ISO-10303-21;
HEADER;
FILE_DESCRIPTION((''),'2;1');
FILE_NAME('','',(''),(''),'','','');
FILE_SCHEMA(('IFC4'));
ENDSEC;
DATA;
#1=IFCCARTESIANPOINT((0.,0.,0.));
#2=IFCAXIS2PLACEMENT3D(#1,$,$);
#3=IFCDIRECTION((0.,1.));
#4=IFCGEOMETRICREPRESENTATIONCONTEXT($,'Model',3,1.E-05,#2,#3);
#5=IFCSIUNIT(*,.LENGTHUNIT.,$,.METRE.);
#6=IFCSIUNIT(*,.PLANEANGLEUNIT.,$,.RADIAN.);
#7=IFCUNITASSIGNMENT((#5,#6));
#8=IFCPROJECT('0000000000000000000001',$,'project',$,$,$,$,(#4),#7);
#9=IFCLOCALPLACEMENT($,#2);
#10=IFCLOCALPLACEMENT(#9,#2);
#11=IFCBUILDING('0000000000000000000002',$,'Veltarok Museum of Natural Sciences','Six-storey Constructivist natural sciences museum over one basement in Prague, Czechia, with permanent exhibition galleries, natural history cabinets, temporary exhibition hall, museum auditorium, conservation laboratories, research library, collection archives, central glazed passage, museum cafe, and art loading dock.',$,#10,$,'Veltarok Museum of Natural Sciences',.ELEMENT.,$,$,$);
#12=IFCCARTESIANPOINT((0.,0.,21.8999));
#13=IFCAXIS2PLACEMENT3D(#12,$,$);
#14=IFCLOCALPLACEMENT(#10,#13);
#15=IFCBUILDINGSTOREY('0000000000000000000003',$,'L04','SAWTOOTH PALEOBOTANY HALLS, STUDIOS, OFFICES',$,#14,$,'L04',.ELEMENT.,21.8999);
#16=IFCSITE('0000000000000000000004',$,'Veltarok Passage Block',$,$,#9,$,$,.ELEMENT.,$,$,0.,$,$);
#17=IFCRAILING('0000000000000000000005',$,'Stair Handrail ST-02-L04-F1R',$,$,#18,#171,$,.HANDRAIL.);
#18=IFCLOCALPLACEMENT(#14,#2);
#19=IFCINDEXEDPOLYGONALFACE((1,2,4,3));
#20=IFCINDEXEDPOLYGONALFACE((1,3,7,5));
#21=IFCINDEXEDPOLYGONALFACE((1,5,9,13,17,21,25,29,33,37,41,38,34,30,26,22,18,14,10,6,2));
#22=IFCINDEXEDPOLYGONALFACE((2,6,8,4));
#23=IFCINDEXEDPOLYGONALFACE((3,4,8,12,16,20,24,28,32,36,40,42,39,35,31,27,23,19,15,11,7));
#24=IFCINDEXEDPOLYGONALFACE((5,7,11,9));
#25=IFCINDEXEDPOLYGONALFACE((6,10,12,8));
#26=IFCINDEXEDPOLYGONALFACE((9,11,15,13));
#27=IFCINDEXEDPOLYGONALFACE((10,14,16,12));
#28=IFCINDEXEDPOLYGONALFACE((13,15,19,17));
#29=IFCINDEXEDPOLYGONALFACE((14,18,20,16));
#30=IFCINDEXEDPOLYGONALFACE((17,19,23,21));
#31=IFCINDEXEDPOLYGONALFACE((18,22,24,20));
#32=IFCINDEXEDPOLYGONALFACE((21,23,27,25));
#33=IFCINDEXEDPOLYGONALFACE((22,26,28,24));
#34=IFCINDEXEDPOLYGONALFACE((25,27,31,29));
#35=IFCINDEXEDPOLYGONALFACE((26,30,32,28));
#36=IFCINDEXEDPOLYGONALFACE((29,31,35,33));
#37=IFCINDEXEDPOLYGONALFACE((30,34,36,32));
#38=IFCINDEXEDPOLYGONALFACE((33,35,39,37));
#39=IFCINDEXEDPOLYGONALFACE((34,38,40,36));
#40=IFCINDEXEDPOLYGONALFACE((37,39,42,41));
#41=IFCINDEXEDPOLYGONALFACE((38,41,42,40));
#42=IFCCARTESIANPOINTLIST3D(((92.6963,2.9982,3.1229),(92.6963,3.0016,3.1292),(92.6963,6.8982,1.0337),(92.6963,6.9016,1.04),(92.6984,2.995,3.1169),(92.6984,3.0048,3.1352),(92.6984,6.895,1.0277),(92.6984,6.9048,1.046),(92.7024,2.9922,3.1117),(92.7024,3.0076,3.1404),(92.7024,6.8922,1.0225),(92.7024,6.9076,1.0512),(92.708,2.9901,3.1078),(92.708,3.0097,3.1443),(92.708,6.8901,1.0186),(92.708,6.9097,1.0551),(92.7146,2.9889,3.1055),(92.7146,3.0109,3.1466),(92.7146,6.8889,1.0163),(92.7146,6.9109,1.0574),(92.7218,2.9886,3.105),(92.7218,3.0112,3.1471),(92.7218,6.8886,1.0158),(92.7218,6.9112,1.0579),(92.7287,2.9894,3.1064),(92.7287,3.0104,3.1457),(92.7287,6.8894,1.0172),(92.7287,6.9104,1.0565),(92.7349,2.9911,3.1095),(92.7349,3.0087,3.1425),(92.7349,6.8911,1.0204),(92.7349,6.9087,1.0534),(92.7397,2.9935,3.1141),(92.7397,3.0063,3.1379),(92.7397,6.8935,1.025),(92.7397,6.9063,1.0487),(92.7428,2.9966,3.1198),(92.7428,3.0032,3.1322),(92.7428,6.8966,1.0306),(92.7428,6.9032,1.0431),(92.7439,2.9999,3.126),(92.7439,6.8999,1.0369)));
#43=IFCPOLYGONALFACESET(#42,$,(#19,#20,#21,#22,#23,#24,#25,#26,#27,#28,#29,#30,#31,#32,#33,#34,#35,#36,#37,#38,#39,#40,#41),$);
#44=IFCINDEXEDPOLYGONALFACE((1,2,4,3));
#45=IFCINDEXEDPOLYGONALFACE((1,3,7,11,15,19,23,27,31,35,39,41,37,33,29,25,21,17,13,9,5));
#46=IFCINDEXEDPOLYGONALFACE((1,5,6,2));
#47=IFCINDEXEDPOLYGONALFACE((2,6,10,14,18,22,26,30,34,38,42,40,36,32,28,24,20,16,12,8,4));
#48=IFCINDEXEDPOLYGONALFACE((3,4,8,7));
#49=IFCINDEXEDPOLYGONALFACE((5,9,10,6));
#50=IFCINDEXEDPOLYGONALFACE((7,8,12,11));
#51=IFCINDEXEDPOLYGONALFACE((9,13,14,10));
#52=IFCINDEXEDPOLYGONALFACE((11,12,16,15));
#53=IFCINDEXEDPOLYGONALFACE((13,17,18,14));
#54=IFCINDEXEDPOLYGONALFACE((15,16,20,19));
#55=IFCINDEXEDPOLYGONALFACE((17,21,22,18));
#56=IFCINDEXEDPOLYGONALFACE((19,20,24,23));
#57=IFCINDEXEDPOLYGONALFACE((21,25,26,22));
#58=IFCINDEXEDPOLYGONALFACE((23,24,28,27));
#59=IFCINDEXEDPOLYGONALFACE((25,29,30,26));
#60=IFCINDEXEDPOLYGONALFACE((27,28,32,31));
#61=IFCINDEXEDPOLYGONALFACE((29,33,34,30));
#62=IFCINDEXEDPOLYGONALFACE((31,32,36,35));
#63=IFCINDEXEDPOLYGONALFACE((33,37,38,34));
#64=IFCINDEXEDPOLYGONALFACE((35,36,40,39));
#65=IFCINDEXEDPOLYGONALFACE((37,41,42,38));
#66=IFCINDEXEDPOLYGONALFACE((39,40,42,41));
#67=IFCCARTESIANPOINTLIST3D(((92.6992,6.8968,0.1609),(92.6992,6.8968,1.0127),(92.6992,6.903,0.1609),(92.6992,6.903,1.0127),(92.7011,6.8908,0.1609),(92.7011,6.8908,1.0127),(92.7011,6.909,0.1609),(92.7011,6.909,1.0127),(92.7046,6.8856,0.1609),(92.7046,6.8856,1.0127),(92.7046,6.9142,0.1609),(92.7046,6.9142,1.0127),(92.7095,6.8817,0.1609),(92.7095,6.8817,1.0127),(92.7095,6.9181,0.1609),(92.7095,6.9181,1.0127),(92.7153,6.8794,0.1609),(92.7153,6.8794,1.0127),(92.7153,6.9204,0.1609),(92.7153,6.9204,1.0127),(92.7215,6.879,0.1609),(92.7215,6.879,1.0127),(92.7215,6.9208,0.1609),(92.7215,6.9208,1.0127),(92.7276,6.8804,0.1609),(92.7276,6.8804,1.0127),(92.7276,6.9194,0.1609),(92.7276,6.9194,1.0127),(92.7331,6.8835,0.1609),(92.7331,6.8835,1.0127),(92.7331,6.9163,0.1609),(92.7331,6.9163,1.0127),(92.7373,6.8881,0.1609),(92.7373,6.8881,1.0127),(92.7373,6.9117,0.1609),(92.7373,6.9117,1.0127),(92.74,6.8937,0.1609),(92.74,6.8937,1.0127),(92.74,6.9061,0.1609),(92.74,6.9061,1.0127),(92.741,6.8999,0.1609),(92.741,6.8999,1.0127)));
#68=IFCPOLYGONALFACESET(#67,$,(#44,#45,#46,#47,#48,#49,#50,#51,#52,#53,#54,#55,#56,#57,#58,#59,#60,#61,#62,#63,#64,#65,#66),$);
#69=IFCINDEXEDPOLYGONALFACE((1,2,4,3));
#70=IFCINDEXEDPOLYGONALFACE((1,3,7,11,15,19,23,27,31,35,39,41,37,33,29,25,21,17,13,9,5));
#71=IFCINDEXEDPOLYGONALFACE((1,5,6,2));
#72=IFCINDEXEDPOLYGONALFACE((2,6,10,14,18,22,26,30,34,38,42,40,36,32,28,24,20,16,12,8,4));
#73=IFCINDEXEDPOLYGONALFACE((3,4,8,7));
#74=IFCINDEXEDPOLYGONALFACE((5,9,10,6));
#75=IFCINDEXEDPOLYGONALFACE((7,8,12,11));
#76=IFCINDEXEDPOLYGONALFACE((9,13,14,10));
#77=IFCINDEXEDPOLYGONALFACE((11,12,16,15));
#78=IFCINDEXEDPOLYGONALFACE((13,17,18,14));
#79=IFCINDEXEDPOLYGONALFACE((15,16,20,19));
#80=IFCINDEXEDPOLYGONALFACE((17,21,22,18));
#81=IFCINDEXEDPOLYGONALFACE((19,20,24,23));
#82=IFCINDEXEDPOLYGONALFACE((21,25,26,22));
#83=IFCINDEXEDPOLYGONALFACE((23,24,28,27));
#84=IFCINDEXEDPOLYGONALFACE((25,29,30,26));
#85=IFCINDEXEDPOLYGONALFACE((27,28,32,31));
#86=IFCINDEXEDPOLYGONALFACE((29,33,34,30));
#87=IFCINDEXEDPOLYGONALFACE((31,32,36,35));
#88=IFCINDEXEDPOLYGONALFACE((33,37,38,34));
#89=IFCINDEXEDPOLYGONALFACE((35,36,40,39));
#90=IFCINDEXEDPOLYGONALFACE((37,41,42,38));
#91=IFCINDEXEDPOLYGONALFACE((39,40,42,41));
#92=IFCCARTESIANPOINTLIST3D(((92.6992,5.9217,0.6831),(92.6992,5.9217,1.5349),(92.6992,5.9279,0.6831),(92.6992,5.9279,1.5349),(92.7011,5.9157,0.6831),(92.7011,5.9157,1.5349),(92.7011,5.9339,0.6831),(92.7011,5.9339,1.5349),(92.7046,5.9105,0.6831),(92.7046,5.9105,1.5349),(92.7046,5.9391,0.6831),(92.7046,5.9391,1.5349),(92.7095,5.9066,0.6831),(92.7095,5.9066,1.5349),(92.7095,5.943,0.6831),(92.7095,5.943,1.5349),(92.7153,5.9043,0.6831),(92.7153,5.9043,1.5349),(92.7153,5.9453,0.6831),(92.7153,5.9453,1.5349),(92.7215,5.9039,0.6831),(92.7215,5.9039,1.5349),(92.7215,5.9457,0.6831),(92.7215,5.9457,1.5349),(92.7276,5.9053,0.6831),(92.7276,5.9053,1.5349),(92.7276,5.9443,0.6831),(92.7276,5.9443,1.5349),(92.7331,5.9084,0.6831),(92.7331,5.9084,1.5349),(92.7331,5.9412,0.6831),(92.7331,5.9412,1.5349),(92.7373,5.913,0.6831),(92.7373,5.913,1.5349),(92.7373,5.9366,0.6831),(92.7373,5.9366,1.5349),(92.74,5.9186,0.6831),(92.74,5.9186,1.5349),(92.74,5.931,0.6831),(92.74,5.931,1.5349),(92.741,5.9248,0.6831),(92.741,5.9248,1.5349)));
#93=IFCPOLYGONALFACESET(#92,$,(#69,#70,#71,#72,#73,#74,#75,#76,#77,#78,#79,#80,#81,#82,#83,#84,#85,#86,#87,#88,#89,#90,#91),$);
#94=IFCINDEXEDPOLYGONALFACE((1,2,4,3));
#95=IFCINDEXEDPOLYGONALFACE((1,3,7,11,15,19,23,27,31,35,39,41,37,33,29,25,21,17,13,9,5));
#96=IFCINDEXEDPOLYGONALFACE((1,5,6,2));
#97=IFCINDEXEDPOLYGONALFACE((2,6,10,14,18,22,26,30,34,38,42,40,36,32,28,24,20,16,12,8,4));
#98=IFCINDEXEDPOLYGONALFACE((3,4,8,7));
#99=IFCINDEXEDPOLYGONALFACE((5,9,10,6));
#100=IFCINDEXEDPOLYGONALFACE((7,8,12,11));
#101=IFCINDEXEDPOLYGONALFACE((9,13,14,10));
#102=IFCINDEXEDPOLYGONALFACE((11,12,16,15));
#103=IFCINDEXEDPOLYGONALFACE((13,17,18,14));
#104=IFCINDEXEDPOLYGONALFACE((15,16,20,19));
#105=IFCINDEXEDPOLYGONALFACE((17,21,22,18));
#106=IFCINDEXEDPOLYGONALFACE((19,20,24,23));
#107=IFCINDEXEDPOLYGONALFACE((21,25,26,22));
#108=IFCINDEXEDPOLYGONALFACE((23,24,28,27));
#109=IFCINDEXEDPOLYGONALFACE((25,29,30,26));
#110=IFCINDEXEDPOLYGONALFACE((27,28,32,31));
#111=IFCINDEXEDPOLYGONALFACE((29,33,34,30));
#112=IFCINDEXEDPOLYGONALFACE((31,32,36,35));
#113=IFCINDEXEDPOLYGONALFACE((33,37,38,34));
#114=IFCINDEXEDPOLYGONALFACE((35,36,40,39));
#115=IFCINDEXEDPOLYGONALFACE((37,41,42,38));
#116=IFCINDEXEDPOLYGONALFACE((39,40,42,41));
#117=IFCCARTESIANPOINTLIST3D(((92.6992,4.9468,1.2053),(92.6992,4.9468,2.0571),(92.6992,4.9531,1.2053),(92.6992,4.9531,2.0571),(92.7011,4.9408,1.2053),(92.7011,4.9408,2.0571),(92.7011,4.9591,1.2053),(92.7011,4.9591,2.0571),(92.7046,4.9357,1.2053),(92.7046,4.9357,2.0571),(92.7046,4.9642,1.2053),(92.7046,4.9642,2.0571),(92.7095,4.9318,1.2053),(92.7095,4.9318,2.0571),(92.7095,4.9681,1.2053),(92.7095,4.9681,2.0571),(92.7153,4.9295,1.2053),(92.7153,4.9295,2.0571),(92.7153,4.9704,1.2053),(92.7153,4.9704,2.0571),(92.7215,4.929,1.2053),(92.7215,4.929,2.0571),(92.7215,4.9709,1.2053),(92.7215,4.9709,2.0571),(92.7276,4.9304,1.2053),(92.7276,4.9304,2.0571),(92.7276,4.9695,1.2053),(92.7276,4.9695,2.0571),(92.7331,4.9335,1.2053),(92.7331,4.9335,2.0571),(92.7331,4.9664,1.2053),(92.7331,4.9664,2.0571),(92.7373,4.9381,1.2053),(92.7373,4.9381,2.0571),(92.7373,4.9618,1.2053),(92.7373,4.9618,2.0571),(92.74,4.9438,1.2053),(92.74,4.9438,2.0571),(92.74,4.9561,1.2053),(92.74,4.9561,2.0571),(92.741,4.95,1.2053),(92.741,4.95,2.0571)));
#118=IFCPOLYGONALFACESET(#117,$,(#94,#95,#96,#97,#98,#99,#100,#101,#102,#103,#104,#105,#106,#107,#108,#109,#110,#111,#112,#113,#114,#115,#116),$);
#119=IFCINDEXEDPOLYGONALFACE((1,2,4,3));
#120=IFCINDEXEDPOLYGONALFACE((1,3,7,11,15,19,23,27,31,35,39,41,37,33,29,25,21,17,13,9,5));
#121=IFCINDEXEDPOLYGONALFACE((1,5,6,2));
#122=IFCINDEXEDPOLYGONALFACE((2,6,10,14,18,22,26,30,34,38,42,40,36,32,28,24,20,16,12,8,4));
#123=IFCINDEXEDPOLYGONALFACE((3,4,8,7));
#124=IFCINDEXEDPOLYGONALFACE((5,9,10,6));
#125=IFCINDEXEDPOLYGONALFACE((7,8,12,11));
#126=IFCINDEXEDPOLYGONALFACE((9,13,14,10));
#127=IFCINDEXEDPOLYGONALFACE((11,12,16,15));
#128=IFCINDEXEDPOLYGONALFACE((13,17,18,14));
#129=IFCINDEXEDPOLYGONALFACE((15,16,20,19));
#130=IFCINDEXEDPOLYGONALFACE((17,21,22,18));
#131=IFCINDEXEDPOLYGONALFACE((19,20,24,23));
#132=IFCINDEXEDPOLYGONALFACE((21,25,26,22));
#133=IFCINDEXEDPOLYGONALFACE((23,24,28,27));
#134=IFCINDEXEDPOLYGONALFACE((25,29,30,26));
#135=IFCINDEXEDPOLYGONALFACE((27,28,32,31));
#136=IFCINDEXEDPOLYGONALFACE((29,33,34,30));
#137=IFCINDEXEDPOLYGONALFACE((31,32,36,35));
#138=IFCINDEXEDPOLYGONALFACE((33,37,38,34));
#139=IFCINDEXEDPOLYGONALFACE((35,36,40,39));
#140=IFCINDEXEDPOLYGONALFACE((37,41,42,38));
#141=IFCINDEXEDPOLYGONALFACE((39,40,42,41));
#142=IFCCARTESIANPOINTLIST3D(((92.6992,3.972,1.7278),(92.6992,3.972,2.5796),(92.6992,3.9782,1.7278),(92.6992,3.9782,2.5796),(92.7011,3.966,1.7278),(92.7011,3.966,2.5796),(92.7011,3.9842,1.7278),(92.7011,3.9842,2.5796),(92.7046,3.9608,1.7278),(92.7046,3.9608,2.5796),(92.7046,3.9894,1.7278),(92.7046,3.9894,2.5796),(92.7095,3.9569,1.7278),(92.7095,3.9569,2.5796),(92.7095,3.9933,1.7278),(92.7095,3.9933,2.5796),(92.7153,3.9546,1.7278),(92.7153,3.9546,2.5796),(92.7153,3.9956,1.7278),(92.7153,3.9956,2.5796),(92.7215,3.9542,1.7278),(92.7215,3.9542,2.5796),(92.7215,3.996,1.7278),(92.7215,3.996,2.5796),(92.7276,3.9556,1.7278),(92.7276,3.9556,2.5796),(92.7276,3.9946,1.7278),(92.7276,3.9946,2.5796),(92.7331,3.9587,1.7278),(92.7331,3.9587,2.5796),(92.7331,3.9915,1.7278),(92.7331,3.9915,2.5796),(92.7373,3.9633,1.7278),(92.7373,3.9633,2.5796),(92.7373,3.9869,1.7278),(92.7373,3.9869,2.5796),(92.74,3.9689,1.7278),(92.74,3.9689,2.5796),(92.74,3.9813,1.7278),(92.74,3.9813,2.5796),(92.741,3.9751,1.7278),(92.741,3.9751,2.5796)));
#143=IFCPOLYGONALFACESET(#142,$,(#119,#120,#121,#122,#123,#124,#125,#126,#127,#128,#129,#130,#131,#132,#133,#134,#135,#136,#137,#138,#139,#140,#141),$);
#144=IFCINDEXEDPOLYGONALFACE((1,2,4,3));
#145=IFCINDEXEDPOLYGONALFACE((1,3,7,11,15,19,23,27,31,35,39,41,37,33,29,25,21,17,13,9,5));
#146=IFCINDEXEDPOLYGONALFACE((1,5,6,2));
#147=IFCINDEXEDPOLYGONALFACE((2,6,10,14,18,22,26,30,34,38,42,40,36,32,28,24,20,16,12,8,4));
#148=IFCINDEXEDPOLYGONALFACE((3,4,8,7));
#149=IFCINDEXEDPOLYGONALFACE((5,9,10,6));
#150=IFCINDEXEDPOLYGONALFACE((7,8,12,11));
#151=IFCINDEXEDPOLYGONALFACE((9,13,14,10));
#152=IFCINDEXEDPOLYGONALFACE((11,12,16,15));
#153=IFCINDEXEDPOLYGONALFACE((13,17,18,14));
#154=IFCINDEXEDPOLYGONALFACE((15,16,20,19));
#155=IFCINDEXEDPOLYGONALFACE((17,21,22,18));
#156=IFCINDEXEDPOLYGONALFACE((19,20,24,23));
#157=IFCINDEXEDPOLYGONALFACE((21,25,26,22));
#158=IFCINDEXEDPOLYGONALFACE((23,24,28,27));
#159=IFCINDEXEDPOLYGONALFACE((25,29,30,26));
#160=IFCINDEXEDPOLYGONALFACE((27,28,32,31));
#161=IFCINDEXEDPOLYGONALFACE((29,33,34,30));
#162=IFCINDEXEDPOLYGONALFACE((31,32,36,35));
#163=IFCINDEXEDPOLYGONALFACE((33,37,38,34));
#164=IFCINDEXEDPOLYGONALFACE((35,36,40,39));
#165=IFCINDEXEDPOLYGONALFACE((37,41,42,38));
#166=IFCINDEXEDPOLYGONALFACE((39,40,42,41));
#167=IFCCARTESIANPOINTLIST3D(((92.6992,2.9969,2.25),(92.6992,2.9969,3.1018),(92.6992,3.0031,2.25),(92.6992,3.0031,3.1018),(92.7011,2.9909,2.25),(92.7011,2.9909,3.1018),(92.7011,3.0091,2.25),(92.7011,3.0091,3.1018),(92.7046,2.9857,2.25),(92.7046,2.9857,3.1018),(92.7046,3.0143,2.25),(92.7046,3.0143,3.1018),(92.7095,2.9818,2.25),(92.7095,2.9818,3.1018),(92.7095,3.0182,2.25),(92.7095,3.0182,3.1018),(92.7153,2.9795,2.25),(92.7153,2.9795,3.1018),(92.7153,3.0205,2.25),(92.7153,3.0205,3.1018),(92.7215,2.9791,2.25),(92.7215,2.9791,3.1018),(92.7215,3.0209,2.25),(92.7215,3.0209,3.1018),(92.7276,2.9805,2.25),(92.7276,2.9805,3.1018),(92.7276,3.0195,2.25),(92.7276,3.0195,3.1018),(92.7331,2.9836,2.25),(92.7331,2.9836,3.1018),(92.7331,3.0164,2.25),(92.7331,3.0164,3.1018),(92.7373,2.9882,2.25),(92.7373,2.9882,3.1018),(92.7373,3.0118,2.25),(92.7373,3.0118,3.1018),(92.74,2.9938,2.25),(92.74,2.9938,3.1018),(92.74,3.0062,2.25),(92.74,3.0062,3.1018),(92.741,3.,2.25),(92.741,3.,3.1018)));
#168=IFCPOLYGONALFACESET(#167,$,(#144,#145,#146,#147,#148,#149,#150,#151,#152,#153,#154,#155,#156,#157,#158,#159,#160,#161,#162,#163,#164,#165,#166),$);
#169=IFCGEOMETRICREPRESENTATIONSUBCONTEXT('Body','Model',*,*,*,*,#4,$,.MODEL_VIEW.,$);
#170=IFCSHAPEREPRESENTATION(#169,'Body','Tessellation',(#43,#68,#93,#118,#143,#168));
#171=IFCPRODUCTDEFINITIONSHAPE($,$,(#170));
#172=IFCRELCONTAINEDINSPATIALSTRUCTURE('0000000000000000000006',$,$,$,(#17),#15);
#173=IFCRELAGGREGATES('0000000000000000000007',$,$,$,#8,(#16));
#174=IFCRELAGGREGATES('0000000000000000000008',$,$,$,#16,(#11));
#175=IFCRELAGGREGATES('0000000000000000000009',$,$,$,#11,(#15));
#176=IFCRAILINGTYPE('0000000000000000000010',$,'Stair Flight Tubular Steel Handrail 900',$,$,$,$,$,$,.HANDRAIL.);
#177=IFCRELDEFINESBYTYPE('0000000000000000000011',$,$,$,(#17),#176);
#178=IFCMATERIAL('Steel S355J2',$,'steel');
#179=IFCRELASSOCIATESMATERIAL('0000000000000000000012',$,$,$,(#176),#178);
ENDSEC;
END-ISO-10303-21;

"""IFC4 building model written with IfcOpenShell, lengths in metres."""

from ifc_helpers import new_model, si_unit, direction, frame, origin, origin_2d, place, context, subcontext, project, spatial, circle, extrude, material, type_object, element, save


model = new_model("IFC4")

# Units and contexts
model_context = context("Model", 3, precision=1e-05, world=origin(), true_north=direction((0.0, 1.0)))
body_context = subcontext(model_context, "Body", "Model", "MODEL_VIEW")
ifc_project = project(units=[si_unit("LENGTHUNIT", "METRE"), si_unit("PLANEANGLEUNIT", "RADIAN")], contexts=[model_context])

# Site, building, storey
site_placement = place(None, origin())
site = spatial("IfcSite", under=ifc_project, at=site_placement, Name="Veltarok Passage Block", CompositionType="ELEMENT", RefElevation=0.0)
building_placement = place(site_placement, origin())
building = spatial("IfcBuilding", under=site, at=building_placement, Name="Veltarok Museum of Natural Sciences", Description="Six-storey Constructivist natural sciences museum over one basement in Prague, Czechia, with permanent exhibition galleries, natural history cabinets, temporary exhibition hall, museum auditorium, conservation laboratories, research library, collection archives, central glazed passage, museum cafe, and art loading dock.", LongName="Veltarok Museum of Natural Sciences", CompositionType="ELEMENT")
storey_placement = place(building_placement, frame((0.0, 0.0, 21.8999)))
storey = spatial("IfcBuildingStorey", under=building, at=storey_placement, Name="L04", Description="SAWTOOTH PALEOBOTANY HALLS, STUDIOS, OFFICES", LongName="L04", CompositionType="ELEMENT", Elevation=21.8999)

# Shared definitions
ifc_material_1 = material(Name="Steel S355J2", Category="steel")

# Railing
railing_type_1 = type_object("IfcRailingType", Name="Stair Flight Tubular Steel Handrail 900", PredefinedType="HANDRAIL", material=ifc_material_1)
for number, where, name in (
    (1, (92.72, 6.8999, 0.1609), "Stair Handrail ST-02-L04-F1R"),
):
    element("IfcRailing", number, at=place(storey_placement, frame(where)), inside=storey, type_object=railing_type_1, Name=name, PredefinedType="HANDRAIL", context=body_context, shape_type="SweptSolid", body=[
        extrude(circle(Radius=0.0239, at=origin_2d()), frame((0.0, 0.0, 0.876), z_axis=(0.0, -0.881491, 0.4722), x_axis=(1.0, 0.0, 0.0)), (0.0, 0.0, 1.0), 4.4243),
        extrude(circle(Radius=0.021, at=origin_2d()), origin(), (0.0, 0.0, 1.0), 0.8518),
        extrude(circle(Radius=0.021, at=origin_2d()), frame((0.0, -0.9751, 0.5222)), (0.0, 0.0, 1.0), 0.8518),
        extrude(circle(Radius=0.021, at=origin_2d()), frame((0.0, -1.95, 1.0444)), (0.0, 0.0, 1.0), 0.8518),
        extrude(circle(Radius=0.021, at=origin_2d()), frame((0.0, -2.9248, 1.5669)), (0.0, 0.0, 1.0), 0.8518),
        extrude(circle(Radius=0.021, at=origin_2d()), frame((0.0, -3.8999, 2.0891)), (0.0, 0.0, 1.0), 0.8518),
    ])

save(model, "model.ifc")
